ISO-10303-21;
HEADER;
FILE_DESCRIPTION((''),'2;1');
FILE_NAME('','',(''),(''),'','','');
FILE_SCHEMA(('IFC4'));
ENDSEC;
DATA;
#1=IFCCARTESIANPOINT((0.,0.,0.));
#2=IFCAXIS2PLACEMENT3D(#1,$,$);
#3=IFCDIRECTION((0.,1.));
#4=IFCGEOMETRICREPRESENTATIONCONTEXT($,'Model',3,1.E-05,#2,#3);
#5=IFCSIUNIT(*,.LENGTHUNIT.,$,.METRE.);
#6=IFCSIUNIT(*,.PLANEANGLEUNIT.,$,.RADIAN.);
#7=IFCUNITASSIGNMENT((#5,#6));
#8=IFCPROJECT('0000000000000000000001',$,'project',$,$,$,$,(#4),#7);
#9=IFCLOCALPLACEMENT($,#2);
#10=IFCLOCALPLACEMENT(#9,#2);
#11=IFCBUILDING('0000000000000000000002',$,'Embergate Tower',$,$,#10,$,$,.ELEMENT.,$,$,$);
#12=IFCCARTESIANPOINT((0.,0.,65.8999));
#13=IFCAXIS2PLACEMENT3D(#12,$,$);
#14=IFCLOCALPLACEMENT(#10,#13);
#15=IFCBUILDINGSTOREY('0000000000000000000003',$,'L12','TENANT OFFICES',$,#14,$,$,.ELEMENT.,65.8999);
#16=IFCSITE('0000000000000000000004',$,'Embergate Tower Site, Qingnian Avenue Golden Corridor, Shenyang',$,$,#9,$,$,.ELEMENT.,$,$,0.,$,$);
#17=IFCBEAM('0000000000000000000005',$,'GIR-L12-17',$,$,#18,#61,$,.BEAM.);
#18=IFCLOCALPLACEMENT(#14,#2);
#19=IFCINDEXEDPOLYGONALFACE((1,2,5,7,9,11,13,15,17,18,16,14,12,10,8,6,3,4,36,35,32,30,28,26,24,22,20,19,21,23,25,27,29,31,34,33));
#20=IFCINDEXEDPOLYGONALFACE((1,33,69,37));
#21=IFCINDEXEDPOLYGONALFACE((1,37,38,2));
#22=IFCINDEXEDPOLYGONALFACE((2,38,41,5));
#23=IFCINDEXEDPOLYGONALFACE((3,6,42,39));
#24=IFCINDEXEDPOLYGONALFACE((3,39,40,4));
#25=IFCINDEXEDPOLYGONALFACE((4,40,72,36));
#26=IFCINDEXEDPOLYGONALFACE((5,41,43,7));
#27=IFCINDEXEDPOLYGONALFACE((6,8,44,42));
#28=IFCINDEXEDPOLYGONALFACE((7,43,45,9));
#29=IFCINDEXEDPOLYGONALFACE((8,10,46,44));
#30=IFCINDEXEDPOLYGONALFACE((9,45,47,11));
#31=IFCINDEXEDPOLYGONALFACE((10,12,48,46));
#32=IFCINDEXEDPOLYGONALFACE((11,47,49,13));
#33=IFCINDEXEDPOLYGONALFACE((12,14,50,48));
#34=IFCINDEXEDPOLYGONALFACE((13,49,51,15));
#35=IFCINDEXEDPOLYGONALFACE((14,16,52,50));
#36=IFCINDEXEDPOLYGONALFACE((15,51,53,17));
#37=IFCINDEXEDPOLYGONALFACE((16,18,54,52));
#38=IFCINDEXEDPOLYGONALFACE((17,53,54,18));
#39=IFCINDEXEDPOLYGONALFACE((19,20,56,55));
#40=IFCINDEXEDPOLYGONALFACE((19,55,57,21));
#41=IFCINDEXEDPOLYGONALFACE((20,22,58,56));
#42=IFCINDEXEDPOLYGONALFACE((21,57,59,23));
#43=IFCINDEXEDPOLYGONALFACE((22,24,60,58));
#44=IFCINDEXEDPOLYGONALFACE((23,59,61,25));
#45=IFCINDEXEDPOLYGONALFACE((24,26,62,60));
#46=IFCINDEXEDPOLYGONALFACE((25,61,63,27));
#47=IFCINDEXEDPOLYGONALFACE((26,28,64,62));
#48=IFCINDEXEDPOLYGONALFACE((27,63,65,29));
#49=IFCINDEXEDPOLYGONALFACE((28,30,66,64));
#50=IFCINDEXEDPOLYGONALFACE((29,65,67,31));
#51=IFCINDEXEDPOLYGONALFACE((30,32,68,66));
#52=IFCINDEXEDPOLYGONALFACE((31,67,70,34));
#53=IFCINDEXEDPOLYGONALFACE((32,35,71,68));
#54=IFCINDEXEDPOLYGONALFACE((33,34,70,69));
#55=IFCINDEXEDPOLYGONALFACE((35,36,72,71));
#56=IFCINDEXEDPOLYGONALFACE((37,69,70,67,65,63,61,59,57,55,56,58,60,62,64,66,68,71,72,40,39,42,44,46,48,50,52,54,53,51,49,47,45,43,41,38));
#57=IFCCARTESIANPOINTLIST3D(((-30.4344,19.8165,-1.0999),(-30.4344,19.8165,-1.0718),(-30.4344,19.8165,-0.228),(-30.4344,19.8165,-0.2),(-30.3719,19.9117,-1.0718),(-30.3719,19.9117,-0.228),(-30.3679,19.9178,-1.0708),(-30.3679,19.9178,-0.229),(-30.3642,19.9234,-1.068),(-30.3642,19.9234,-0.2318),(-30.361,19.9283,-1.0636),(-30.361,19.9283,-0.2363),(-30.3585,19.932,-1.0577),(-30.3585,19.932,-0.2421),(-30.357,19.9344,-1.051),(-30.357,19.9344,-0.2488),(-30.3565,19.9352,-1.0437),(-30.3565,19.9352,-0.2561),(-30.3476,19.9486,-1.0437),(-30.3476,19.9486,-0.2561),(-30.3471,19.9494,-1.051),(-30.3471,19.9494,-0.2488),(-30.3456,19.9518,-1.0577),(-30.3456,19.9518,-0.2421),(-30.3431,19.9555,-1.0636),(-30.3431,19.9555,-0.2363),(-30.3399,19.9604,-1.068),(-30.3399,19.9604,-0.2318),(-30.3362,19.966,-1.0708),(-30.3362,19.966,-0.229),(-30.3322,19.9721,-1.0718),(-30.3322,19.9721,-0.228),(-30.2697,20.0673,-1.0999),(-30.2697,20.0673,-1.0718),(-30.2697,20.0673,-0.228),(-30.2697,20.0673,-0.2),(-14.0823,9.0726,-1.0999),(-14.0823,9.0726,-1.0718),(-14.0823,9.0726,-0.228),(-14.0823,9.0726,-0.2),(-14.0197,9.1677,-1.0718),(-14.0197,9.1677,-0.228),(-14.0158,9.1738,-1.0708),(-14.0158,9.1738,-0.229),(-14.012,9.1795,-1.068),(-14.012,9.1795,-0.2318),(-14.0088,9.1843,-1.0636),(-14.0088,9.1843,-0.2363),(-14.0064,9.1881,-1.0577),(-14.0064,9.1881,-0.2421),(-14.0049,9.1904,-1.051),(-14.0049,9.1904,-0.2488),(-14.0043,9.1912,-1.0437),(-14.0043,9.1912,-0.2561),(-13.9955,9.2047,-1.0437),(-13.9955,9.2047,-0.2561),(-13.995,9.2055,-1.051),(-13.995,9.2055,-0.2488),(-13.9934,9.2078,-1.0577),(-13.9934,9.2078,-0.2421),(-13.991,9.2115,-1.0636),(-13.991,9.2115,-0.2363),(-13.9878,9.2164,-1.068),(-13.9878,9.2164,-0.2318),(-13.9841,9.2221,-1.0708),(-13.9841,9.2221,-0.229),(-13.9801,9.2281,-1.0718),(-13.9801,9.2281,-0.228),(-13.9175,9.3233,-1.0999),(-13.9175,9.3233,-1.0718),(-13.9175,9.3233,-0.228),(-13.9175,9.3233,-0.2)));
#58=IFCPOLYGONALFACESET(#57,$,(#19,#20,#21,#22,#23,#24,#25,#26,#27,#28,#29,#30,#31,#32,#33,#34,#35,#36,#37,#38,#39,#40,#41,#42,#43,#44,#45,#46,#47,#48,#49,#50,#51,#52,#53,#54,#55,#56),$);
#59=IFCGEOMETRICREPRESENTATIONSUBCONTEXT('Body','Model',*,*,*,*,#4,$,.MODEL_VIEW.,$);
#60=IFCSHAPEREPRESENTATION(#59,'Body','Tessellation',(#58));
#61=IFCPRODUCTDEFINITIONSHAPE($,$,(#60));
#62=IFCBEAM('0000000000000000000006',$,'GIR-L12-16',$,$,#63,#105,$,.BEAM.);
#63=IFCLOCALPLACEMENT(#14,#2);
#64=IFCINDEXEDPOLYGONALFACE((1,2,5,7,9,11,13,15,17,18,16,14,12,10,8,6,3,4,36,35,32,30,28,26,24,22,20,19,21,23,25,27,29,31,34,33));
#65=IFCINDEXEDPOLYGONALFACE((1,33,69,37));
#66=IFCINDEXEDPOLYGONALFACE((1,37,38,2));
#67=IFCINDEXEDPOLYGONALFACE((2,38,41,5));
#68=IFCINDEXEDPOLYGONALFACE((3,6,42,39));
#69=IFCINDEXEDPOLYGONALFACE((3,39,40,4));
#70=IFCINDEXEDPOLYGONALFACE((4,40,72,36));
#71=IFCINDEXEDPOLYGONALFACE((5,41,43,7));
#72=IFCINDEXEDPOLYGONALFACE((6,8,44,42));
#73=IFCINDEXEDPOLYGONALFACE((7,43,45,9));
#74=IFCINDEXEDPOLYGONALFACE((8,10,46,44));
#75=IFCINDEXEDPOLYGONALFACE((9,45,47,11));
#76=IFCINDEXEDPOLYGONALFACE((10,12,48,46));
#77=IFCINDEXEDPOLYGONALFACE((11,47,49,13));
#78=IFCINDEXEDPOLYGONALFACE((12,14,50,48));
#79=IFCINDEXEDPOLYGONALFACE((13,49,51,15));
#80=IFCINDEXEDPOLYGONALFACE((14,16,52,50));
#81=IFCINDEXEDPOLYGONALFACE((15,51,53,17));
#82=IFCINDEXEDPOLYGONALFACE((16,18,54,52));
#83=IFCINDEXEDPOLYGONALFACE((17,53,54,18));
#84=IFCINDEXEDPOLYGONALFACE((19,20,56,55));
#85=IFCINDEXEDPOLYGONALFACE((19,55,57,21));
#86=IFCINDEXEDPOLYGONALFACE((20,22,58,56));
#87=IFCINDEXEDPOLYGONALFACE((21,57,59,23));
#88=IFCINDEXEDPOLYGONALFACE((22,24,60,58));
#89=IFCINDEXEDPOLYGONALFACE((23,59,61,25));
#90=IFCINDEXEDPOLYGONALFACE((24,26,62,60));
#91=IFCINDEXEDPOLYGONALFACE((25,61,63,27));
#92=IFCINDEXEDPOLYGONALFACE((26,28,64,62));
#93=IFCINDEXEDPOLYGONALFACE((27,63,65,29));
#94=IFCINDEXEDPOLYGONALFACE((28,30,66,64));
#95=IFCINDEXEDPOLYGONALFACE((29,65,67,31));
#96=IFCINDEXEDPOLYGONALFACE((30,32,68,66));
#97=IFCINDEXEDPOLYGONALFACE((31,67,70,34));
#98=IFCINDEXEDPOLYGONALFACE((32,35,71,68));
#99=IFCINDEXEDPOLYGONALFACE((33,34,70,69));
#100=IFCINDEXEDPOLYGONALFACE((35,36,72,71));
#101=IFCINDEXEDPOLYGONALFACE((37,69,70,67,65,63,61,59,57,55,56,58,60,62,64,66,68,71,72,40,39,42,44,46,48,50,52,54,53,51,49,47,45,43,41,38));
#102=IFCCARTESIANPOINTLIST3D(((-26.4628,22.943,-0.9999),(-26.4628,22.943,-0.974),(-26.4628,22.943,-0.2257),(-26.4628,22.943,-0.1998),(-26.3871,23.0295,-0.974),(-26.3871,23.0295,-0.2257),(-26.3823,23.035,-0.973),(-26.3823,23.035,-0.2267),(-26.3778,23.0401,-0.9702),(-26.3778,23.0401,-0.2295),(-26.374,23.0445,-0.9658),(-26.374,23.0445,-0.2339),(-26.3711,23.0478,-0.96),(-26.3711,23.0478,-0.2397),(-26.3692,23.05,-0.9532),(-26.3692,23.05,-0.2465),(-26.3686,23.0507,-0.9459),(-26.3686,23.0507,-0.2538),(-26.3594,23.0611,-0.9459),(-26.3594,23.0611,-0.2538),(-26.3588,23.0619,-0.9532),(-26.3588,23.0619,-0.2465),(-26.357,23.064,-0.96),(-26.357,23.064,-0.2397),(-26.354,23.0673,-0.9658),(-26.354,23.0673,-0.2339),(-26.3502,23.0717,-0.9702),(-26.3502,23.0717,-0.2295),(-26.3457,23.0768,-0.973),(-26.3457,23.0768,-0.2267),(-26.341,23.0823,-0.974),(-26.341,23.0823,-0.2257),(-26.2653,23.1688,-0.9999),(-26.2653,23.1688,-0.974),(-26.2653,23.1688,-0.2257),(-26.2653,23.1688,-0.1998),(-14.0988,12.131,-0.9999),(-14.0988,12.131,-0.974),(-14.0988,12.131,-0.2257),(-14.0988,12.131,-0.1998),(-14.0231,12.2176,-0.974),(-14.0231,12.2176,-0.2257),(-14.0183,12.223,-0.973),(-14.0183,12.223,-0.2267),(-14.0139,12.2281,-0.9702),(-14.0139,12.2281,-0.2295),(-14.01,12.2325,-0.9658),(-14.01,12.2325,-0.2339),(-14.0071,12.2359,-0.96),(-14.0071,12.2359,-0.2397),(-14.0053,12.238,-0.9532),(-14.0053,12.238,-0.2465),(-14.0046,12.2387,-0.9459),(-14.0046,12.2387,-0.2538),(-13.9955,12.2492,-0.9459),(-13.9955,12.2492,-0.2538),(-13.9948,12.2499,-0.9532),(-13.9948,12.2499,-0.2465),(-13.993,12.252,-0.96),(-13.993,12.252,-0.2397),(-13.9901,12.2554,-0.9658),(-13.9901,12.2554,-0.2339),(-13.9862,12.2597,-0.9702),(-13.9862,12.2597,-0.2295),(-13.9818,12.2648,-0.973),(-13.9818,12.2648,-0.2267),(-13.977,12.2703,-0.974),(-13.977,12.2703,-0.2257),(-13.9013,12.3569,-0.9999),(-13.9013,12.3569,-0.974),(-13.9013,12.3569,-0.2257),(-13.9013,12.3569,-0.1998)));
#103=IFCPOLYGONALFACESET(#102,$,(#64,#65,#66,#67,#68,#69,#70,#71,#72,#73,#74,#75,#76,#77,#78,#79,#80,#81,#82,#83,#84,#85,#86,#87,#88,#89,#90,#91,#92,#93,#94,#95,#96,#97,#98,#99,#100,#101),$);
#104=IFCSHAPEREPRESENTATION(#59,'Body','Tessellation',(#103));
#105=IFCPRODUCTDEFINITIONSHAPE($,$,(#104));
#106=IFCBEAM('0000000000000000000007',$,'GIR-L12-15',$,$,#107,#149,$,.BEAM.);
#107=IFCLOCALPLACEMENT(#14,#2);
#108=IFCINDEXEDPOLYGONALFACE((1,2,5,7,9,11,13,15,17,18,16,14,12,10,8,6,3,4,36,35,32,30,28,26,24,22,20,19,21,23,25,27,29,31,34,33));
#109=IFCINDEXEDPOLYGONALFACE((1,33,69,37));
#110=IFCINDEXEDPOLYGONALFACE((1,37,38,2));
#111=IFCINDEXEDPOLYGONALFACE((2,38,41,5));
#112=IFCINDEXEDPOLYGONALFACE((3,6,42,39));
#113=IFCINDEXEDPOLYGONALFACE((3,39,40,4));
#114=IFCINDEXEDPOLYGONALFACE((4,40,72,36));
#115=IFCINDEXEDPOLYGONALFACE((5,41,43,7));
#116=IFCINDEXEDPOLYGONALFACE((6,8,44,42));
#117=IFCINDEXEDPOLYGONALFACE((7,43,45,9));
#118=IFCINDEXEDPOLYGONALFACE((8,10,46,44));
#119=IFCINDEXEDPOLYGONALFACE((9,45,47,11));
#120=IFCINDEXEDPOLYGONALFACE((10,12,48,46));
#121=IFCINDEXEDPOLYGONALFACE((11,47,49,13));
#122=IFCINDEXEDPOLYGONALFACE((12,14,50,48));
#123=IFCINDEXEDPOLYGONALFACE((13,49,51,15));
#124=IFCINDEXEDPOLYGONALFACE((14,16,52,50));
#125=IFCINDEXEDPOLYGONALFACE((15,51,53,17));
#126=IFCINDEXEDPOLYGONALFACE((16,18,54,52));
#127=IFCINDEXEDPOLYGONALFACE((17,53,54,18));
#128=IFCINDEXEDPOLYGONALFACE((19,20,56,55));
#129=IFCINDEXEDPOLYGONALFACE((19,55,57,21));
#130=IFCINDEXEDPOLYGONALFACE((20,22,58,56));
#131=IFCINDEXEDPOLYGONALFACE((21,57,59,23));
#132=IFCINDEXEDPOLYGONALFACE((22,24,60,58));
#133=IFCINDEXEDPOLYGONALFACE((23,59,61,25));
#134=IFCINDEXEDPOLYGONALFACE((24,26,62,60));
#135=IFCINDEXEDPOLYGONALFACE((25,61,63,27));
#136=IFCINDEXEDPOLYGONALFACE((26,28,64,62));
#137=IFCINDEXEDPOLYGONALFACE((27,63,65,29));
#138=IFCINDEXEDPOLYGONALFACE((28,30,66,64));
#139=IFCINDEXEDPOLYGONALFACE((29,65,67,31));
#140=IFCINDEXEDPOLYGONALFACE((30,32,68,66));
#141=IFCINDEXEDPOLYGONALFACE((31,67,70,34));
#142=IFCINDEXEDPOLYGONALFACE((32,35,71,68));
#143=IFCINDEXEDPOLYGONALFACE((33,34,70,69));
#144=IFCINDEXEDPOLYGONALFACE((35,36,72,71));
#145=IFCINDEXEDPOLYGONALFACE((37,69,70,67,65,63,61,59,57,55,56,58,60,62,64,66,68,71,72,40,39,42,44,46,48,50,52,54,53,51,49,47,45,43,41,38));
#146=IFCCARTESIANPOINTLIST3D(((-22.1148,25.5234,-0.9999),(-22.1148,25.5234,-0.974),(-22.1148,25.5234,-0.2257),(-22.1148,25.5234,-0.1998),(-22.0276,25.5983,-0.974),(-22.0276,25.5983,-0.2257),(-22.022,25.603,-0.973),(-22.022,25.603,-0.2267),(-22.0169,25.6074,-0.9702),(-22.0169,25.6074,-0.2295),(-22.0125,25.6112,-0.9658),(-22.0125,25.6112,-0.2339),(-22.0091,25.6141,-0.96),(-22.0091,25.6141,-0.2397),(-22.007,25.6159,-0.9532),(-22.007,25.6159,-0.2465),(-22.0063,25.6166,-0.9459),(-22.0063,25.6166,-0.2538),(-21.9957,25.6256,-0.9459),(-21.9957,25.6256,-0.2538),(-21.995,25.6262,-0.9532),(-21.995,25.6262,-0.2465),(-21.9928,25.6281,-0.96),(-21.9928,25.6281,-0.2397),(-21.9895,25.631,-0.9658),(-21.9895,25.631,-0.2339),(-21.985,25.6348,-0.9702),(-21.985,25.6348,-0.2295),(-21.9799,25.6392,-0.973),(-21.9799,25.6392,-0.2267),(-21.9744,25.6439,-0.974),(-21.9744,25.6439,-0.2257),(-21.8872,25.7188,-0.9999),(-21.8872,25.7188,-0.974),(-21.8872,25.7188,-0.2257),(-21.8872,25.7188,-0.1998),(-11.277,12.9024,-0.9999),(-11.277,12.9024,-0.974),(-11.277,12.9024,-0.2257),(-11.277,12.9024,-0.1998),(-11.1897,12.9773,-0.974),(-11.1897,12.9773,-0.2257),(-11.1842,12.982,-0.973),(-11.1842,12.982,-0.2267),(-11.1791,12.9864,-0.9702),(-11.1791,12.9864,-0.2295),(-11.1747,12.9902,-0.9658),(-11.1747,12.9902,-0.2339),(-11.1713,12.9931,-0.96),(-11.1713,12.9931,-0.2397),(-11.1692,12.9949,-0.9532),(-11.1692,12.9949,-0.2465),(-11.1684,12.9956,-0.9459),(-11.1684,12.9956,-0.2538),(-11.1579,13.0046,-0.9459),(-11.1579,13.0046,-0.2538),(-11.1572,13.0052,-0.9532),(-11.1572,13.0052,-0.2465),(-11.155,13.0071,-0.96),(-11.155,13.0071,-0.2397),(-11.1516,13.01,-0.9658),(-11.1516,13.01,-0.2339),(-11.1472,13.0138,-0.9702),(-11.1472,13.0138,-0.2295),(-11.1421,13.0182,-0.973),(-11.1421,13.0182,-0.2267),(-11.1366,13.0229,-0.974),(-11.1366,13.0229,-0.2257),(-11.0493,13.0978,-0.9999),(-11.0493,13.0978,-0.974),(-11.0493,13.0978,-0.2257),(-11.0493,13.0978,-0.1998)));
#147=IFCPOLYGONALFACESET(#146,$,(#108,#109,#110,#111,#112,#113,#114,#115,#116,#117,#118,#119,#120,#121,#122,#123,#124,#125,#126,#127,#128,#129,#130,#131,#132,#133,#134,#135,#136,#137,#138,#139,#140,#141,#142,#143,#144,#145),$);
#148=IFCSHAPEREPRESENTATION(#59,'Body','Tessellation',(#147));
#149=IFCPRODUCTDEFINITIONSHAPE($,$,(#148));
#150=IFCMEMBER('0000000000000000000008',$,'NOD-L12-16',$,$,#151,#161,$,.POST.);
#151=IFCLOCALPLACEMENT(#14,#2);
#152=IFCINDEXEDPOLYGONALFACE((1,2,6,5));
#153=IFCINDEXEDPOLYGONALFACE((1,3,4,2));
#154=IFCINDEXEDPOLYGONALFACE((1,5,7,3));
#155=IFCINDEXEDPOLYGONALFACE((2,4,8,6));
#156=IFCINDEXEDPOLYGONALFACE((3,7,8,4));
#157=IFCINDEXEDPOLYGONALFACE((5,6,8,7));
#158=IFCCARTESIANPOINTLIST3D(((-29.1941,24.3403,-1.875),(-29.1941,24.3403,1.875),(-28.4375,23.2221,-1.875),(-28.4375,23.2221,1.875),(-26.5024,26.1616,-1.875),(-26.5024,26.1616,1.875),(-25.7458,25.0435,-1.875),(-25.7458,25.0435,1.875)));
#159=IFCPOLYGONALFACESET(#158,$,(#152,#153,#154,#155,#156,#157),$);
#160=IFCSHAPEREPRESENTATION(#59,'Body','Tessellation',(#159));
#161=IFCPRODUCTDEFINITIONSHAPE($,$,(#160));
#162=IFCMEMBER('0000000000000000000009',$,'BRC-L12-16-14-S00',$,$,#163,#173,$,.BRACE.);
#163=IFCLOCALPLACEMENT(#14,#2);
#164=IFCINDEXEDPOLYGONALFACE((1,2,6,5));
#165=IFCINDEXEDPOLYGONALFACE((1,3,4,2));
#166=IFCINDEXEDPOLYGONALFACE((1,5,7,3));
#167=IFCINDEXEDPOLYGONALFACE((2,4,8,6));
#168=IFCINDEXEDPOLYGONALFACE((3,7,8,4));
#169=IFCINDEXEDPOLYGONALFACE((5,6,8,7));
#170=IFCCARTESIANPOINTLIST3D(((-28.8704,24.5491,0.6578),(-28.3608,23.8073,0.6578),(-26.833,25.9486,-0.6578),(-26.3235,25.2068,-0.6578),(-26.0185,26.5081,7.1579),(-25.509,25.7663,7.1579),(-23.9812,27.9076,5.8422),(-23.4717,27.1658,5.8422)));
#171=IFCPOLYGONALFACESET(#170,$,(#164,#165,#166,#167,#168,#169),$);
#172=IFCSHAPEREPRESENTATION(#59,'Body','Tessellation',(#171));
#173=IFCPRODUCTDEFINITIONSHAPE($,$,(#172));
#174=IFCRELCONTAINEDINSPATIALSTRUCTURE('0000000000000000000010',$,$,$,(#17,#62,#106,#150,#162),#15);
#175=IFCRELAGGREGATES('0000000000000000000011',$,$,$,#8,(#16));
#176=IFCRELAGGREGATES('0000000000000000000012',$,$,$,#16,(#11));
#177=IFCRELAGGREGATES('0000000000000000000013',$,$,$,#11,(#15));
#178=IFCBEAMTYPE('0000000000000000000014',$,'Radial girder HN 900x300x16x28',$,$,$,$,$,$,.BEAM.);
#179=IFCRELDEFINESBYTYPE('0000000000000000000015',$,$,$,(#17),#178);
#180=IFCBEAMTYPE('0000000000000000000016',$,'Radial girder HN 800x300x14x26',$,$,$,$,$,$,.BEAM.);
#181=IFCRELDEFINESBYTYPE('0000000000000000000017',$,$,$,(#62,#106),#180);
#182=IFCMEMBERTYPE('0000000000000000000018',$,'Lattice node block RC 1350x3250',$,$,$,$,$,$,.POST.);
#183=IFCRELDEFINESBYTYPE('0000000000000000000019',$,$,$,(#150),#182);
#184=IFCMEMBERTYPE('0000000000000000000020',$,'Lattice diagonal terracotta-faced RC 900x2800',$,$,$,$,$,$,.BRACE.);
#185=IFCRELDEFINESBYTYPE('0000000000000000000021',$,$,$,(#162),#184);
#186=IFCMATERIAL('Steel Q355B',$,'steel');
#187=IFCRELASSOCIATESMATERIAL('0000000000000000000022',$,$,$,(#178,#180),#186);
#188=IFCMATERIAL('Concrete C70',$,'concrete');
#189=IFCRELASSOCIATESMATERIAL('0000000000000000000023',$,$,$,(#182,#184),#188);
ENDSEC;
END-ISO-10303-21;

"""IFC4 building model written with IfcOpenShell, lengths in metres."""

from ifc_helpers import new_model, si_unit, direction, frame, origin, origin_2d, place, context, subcontext, project, spatial, rectangle, i_section, extrude, source, transform, mapped, material, material_profile, profile_set, type_object, element, save


model = new_model("IFC4")

# Units and contexts
model_context = context("Model", 3, precision=1e-05, world=origin(), true_north=direction((0.0, 1.0)))
body_context = subcontext(model_context, "Body", "Model", "MODEL_VIEW")
ifc_project = project(units=[si_unit("LENGTHUNIT", "METRE"), si_unit("PLANEANGLEUNIT", "RADIAN")], contexts=[model_context])

# Site, building, storey
site_placement = place(None, origin())
site = spatial("IfcSite", under=ifc_project, at=site_placement, Name="Embergate Tower Site, Qingnian Avenue Golden Corridor, Shenyang", CompositionType="ELEMENT", RefElevation=0.0)
building_placement = place(site_placement, origin())
building = spatial("IfcBuilding", under=site, at=building_placement, Name="Embergate Tower", CompositionType="ELEMENT")
storey_placement = place(building_placement, frame((0.0, 0.0, 65.8999)))
storey = spatial("IfcBuildingStorey", under=building, at=storey_placement, Name="L12", Description="TENANT OFFICES", CompositionType="ELEMENT", Elevation=65.8999)

# Shared definitions
ifc_material_1 = material(Name="Concrete C70", Category="concrete")

# Beams
ifc_material_2 = material(Name="Steel Q355B", Category="steel")
ifc_material_profile_1 = material_profile(ifc_material_2, i_section(OverallWidth=0.3, OverallDepth=0.8999, WebThickness=0.0161, FlangeThickness=0.0281, FilletRadius=0.0281, at=origin_2d()), Name="HN 900x300x16x28")
ifc_profile_set_1 = profile_set([ifc_material_profile_1], Name="Steel Q355 grade B")
beam_type_1 = type_object("IfcBeamType", Name="Radial girder HN 900x300x16x28", PredefinedType="BEAM", material=ifc_profile_set_1)
shared_shape_1 = source(origin(), body_context, "Body", "SweptSolid", [
    extrude(i_section(OverallWidth=0.3, OverallDepth=0.8999, WebThickness=0.0161, FlangeThickness=0.0281, FilletRadius=0.0281, at=origin_2d()), origin(), (0.0, 0.0, 1.0), 19.5659),
])
beam_1_placement = place(storey_placement, frame((-30.3521, 19.9419, -0.6499), z_axis=(0.835746, -0.549116, 0.0), x_axis=(0.549116, 0.835746, 0.0)))
element("IfcBeam", 1, at=beam_1_placement, inside=storey, type_object=beam_type_1, Name="GIR-L12-17", PredefinedType="BEAM", context=body_context, shape_type="MappedRepresentation", body=[
    mapped(shared_shape_1, transform((0.0, 0.0, 0.0))),
])
ifc_material_profile_2 = material_profile(ifc_material_2, i_section(OverallWidth=0.3, OverallDepth=0.8, WebThickness=0.0139, FlangeThickness=0.0259, FilletRadius=0.0281, at=origin_2d()), Name="HN 800x300x14x26")
ifc_profile_set_2 = profile_set([ifc_material_profile_2], Name="Steel Q355 grade B")
beam_type_2 = type_object("IfcBeamType", Name="Radial girder HN 800x300x14x26", PredefinedType="BEAM", material=ifc_profile_set_2)
shared_shape_2 = source(origin(), body_context, "Body", "SweptSolid", [
    extrude(i_section(OverallWidth=0.3, OverallDepth=0.8, WebThickness=0.0139, FlangeThickness=0.0259, FilletRadius=0.0281, at=origin_2d()), origin(), (0.0, 0.0, 1.0), 16.4246),
])
beam_2_placement = place(storey_placement, frame((-26.364, 23.0559, -0.5999), z_axis=(0.752773, -0.65828, 0.0), x_axis=(0.65828, 0.752773, 0.0)))
element("IfcBeam", 2, at=beam_2_placement, inside=storey, type_object=beam_type_2, Name="GIR-L12-16", PredefinedType="BEAM", context=body_context, shape_type="MappedRepresentation", body=[
    mapped(shared_shape_2, transform((0.0, 0.0, 0.0))),
])
shared_shape_3 = source(origin(), body_context, "Body", "SweptSolid", [
    extrude(i_section(OverallWidth=0.3, OverallDepth=0.8, WebThickness=0.0139, FlangeThickness=0.0259, FilletRadius=0.0281, at=origin_2d()), origin(), (0.0, 0.0, 1.0), 16.6357),
])
beam_3_placement = place(storey_placement, frame((-22.001, 25.6211, -0.5999), z_axis=(0.651478, -0.758668, 0.0), x_axis=(0.758668, 0.651478, 0.0)))
element("IfcBeam", 3, at=beam_3_placement, inside=storey, type_object=beam_type_2, Name="GIR-L12-15", PredefinedType="BEAM", context=body_context, shape_type="MappedRepresentation", body=[
    mapped(shared_shape_3, transform((0.0, 0.0, 0.0))),
])

# Members
ifc_material_profile_3 = material_profile(ifc_material_1, rectangle(XDim=1.3501, YDim=3.25, at=origin_2d()), Name="RC 1350x3250")
ifc_profile_set_3 = profile_set([ifc_material_profile_3], Name="Concrete C70")
member_type_1 = type_object("IfcMemberType", Name="Lattice node block RC 1350x3250", PredefinedType="POST", material=ifc_profile_set_3)
shared_shape_4 = source(origin(), body_context, "Body", "SweptSolid", [
    extrude(rectangle(XDim=1.3501, YDim=3.25, at=origin_2d()), origin(), (0.0, 0.0, 1.0), 3.75),
])
member_1_placement = place(storey_placement, frame((-27.47, 24.6919, -1.875), z_axis=(0.0, 0.0, 1.0), x_axis=(-0.560408, 0.828217, 0.0)))
element("IfcMember", 4, at=member_1_placement, inside=storey, type_object=member_type_1, Name="NOD-L12-16", PredefinedType="POST", context=body_context, shape_type="MappedRepresentation", body=[
    mapped(shared_shape_4, transform((0.0, 0.0, 0.0))),
])
ifc_material_profile_4 = material_profile(ifc_material_1, rectangle(XDim=0.8999, YDim=2.8, at=origin_2d()), Name="RC 900x2800")
ifc_profile_set_4 = profile_set([ifc_material_profile_4], Name="Concrete C70")
member_type_2 = type_object("IfcMemberType", Name="Lattice diagonal terracotta-faced RC 900x2800", PredefinedType="BRACE", material=ifc_profile_set_4)
shared_shape_5 = source(origin(), body_context, "Body", "SweptSolid", [
    extrude(rectangle(XDim=0.8999, YDim=2.8, at=origin_2d()), origin(), (0.0, 0.0, 1.0), 7.3635),
])
member_2_placement = place(storey_placement, frame((-27.5969, 24.8779, 0.0), z_axis=(0.387292, 0.266042, 0.882738), x_axis=(-0.566208, 0.824262, 0.0)))
element("IfcMember", 5, at=member_2_placement, inside=storey, type_object=member_type_2, Name="BRC-L12-16-14-S00", PredefinedType="BRACE", context=body_context, shape_type="MappedRepresentation", body=[
    mapped(shared_shape_5, transform((0.0, 0.0, 0.0))),
])

save(model, "model.ifc")
